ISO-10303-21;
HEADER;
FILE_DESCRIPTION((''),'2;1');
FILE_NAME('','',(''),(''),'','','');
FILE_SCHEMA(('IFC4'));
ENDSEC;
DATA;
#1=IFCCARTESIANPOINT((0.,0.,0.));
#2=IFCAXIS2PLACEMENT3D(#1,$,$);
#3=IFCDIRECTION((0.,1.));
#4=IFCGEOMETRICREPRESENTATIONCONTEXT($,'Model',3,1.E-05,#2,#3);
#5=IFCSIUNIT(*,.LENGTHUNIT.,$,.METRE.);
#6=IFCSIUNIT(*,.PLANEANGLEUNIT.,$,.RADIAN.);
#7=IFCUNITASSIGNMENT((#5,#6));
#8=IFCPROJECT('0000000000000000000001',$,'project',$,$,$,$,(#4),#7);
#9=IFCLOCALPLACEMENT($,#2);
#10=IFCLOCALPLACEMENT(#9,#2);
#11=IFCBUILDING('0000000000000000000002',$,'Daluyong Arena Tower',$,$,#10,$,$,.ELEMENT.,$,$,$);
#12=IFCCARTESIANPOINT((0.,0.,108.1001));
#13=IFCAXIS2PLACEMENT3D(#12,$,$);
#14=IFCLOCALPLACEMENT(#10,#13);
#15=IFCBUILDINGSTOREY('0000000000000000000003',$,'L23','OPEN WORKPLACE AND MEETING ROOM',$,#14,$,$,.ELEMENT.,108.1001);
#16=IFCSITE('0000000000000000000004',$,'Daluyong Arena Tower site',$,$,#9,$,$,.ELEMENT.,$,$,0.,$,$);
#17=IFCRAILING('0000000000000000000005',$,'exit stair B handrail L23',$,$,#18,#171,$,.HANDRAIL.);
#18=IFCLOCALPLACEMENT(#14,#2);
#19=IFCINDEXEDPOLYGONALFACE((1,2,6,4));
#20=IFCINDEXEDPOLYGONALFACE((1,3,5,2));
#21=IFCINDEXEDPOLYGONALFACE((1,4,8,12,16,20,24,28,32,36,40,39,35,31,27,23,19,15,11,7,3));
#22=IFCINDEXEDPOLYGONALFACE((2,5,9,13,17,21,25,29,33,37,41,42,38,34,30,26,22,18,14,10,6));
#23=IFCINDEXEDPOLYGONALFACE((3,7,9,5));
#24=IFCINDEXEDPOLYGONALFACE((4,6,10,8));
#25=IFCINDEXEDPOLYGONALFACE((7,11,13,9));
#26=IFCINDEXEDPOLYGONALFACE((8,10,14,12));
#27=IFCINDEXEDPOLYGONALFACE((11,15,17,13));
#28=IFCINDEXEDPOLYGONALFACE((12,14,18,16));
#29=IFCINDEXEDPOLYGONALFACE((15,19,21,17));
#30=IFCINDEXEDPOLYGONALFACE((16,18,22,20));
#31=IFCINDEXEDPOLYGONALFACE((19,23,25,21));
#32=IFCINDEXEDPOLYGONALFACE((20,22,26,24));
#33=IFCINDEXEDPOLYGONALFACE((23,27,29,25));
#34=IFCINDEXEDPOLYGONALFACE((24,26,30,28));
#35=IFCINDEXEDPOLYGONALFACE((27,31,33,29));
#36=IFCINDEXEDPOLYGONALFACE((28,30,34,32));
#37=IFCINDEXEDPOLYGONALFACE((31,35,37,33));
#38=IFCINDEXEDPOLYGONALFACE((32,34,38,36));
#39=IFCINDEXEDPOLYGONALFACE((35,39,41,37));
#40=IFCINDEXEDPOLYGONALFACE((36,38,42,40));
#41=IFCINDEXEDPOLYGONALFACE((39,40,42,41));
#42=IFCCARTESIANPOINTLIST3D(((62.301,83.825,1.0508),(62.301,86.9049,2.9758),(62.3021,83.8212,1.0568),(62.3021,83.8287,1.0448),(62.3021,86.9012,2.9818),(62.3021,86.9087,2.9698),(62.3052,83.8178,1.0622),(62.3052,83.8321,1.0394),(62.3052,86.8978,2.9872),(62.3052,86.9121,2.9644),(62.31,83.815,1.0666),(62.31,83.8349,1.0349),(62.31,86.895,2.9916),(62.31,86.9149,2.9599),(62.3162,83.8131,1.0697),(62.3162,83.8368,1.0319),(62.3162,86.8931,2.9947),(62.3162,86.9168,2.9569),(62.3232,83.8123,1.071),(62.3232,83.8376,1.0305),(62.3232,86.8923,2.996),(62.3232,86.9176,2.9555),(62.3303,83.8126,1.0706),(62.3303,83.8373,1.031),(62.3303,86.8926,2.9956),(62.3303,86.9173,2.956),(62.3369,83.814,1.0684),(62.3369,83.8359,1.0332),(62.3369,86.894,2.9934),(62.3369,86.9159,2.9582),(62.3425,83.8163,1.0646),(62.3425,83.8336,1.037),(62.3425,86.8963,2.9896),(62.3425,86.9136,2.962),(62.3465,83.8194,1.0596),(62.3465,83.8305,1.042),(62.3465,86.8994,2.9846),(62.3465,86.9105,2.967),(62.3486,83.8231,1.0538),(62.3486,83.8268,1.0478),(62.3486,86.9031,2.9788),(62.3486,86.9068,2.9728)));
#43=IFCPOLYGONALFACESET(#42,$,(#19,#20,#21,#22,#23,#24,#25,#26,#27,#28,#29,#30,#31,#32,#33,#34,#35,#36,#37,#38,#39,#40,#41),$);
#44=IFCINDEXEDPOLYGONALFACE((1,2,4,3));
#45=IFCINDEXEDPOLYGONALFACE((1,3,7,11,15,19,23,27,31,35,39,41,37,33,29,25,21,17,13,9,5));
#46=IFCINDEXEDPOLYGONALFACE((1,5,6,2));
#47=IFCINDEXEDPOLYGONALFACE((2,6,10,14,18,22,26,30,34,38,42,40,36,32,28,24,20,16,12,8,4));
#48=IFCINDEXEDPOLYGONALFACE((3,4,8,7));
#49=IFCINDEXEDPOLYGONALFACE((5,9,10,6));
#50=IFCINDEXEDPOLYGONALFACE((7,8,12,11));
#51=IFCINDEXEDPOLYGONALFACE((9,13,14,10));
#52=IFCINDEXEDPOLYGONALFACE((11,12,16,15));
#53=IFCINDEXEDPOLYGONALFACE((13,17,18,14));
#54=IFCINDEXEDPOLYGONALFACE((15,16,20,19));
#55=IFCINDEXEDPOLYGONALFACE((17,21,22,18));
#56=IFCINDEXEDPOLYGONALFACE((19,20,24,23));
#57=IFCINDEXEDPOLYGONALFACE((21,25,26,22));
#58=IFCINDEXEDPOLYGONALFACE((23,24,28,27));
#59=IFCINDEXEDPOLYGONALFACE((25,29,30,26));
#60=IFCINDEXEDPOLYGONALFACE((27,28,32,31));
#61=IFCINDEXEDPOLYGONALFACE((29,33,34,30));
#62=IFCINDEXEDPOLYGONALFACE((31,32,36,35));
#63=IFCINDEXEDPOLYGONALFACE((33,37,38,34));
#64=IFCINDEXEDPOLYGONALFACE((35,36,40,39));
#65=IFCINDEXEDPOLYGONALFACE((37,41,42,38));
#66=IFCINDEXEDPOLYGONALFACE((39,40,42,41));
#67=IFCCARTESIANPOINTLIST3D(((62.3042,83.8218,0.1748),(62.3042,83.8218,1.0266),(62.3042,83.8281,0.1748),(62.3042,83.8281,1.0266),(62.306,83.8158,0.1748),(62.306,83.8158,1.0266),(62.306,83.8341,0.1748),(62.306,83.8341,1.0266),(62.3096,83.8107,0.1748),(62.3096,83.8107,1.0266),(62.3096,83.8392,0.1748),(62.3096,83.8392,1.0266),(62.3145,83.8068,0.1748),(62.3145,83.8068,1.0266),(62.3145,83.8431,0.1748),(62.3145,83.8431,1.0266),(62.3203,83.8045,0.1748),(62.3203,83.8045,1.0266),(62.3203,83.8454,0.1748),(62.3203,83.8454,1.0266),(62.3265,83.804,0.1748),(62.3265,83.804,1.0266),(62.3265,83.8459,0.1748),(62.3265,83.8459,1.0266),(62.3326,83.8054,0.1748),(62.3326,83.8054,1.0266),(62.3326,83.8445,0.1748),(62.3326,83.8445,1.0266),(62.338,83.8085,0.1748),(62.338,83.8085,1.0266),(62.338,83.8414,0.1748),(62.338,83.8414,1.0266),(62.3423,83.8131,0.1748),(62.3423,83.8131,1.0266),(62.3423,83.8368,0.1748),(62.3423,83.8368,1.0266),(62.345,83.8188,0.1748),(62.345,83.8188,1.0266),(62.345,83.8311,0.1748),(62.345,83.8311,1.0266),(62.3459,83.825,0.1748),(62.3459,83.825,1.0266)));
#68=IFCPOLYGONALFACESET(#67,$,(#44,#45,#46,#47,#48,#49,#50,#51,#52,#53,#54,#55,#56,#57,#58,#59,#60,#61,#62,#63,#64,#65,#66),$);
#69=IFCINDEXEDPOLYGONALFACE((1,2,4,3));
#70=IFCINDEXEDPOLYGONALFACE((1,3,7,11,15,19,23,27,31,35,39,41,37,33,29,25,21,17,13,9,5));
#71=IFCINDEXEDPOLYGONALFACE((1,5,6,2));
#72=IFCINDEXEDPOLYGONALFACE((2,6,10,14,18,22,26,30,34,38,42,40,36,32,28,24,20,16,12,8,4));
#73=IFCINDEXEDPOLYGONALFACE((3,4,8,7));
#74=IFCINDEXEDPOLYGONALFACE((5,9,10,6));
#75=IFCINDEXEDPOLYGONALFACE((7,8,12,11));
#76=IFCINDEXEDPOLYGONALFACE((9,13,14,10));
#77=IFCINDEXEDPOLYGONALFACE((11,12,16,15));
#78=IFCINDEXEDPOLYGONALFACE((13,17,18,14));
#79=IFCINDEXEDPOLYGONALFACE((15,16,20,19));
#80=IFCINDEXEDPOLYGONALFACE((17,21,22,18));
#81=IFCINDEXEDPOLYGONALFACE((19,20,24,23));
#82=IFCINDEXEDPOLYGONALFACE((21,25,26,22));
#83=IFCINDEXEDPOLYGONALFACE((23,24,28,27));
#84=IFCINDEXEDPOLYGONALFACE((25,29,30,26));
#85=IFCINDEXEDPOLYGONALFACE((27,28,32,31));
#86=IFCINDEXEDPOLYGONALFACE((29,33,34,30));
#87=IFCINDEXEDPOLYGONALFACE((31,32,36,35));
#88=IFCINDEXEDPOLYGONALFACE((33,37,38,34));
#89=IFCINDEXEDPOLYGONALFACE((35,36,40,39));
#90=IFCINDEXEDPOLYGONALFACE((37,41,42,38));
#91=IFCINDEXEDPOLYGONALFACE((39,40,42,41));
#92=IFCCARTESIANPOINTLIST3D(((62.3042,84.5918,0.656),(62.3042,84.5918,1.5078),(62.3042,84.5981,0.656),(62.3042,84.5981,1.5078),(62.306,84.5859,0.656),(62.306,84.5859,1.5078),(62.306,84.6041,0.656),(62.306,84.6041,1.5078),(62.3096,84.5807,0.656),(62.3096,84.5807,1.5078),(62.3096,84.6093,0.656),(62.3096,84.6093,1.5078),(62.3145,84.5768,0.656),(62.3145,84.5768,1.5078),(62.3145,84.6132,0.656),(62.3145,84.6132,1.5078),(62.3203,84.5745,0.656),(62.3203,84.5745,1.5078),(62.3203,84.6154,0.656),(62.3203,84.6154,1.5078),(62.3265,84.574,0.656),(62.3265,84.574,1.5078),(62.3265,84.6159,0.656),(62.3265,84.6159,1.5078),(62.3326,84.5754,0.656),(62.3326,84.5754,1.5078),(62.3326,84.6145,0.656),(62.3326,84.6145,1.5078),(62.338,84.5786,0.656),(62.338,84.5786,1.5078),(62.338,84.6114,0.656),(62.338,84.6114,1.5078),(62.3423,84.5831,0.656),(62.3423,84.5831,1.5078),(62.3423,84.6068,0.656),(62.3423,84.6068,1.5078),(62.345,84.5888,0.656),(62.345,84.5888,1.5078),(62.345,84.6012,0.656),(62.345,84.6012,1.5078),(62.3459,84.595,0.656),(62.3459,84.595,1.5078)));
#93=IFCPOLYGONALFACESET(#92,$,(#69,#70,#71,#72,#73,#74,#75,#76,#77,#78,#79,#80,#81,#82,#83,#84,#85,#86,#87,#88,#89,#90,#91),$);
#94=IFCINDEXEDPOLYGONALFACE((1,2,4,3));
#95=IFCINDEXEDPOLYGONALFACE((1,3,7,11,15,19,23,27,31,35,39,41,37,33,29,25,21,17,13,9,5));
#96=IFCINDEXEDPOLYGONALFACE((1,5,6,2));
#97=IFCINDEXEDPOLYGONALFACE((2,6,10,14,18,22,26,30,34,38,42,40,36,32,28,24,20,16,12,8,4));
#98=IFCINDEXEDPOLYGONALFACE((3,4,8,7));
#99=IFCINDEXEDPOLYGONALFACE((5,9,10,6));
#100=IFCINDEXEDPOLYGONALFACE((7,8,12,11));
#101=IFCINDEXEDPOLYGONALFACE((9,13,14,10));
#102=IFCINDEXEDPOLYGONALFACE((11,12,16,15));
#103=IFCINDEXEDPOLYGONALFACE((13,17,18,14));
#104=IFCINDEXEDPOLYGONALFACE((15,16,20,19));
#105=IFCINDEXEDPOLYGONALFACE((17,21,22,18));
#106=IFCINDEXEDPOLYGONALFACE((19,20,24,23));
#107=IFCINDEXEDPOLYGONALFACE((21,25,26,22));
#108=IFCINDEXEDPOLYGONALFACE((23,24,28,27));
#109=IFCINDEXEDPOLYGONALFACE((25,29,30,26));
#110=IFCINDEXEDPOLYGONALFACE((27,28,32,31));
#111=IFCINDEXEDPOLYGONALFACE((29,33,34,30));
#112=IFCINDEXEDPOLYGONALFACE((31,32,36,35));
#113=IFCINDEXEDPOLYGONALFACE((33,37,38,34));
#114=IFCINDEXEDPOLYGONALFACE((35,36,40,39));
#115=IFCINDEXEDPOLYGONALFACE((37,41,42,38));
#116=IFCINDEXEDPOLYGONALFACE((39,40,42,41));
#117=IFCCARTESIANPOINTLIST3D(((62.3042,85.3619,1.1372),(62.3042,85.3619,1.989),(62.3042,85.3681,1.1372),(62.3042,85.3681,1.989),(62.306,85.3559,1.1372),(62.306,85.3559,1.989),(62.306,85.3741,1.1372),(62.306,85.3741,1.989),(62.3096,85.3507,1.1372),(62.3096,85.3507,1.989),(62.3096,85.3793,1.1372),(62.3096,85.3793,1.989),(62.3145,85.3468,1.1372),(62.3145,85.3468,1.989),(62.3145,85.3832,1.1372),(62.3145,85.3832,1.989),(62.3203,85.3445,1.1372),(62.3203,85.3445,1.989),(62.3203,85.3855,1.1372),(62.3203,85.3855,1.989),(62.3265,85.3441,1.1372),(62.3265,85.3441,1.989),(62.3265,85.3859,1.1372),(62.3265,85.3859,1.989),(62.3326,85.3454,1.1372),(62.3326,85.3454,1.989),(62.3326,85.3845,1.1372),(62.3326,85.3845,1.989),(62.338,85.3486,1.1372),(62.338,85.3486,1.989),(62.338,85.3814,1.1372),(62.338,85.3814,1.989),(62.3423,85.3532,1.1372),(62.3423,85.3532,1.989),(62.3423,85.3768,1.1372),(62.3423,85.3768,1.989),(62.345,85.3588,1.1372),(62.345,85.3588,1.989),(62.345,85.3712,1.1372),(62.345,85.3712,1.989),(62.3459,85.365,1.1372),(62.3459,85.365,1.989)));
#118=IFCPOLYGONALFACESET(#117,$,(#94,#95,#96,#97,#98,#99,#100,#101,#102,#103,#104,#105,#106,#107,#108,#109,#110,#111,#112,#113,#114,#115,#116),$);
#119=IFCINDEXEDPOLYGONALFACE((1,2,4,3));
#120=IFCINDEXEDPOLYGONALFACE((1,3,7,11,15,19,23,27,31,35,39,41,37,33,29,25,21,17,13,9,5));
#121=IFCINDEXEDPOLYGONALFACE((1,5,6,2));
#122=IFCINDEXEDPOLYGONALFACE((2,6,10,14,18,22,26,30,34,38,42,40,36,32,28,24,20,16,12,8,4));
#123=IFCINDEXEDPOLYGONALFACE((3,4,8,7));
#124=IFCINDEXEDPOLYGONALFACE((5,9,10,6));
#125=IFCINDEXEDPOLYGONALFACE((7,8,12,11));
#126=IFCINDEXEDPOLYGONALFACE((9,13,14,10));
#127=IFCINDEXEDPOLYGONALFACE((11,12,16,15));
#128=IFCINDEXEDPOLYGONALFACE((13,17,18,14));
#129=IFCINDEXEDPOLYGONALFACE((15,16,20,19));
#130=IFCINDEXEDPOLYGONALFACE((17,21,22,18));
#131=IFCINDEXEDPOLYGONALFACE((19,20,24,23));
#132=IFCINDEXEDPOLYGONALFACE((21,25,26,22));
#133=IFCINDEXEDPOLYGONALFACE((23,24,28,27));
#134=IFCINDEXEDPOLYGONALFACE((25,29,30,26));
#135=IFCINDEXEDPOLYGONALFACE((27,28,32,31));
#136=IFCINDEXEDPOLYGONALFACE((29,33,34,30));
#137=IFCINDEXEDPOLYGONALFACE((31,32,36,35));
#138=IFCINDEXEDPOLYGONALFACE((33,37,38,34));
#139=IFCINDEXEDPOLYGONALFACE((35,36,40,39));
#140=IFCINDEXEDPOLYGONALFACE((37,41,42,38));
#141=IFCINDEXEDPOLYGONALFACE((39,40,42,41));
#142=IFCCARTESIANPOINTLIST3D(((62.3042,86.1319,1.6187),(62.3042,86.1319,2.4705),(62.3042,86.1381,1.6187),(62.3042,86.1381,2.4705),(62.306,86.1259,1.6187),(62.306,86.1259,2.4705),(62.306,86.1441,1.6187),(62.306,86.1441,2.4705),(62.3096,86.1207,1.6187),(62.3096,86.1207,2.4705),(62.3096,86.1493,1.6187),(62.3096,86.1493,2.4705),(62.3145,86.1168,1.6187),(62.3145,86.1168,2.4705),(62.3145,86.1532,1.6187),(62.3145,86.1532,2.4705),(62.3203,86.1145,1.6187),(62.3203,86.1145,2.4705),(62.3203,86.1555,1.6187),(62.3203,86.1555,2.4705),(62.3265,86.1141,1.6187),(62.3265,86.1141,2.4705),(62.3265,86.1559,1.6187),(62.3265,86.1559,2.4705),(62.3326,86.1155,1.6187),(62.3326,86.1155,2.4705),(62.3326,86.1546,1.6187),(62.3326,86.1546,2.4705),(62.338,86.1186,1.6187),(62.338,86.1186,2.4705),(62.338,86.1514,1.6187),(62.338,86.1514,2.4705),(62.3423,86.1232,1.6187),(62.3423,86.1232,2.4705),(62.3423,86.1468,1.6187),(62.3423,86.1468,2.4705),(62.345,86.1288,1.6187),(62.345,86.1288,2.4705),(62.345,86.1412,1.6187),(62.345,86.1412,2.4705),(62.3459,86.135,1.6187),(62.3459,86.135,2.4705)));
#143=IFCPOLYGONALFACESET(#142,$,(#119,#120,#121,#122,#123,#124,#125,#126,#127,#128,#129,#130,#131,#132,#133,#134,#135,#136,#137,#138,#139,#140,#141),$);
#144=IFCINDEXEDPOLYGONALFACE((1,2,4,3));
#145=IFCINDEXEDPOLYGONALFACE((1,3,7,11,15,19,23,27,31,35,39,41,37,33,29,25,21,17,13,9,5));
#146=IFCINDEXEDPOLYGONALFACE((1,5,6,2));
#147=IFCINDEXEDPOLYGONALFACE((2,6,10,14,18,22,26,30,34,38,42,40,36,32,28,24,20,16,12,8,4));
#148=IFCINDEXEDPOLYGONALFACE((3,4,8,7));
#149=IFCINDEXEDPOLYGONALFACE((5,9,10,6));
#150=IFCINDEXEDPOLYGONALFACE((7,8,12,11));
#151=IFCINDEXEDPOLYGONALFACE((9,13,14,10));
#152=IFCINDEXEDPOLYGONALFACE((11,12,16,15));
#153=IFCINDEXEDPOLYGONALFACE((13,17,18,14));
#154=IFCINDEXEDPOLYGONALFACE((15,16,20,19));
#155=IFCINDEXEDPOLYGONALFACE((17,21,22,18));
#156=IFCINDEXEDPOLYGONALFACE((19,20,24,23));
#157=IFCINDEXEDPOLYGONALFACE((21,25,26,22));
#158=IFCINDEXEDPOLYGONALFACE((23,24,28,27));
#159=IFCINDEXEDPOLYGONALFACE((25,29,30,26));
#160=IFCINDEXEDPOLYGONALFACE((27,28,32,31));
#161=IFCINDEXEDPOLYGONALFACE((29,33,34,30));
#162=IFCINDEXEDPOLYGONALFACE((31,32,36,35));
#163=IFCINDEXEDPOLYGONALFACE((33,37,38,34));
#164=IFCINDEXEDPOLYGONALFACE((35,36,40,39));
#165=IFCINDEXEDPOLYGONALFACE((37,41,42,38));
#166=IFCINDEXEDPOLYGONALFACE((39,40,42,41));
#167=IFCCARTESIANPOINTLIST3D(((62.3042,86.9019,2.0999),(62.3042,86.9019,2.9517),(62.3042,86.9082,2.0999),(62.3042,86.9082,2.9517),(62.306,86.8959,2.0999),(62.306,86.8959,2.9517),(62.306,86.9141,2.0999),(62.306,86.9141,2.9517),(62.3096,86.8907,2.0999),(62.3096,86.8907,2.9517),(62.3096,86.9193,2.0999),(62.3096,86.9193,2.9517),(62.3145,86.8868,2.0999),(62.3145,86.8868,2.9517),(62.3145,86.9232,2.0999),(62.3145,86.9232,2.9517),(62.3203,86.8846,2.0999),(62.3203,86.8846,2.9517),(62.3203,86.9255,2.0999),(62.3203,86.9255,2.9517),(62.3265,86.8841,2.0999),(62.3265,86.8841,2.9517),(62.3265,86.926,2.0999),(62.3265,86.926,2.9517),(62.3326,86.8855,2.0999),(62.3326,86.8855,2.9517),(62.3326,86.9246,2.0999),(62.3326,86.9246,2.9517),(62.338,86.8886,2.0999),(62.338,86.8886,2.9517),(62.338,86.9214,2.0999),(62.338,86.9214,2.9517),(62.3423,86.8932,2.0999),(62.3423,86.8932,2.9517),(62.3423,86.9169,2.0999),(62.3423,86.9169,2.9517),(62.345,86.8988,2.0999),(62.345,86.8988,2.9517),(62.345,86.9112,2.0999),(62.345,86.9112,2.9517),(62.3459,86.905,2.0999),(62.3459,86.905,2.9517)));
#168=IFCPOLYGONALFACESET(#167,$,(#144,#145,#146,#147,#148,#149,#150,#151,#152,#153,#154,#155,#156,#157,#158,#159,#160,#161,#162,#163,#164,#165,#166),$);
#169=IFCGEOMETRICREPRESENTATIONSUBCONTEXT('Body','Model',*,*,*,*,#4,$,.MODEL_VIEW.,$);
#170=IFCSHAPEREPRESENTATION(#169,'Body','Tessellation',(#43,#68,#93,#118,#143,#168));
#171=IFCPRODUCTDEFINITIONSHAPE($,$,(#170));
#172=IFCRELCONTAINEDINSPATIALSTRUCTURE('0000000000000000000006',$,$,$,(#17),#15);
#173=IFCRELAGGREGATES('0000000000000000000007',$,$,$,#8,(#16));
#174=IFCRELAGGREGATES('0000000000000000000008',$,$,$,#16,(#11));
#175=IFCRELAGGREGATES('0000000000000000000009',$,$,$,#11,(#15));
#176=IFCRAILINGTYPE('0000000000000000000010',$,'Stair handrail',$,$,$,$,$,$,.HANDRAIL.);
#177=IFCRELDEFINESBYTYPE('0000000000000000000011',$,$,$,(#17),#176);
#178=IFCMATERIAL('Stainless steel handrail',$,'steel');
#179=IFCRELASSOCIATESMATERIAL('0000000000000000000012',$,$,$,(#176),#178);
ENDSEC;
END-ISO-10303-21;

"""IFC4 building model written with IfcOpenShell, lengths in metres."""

from ifc_helpers import new_model, si_unit, direction, frame, origin, origin_2d, place, context, subcontext, project, spatial, circle, extrude, material, type_object, element, save


model = new_model("IFC4")

# Units and contexts
model_context = context("Model", 3, precision=1e-05, world=origin(), true_north=direction((0.0, 1.0)))
body_context = subcontext(model_context, "Body", "Model", "MODEL_VIEW")
ifc_project = project(units=[si_unit("LENGTHUNIT", "METRE"), si_unit("PLANEANGLEUNIT", "RADIAN")], contexts=[model_context])

# Site, building, storey
site_placement = place(None, origin())
site = spatial("IfcSite", under=ifc_project, at=site_placement, Name="Daluyong Arena Tower site", CompositionType="ELEMENT", RefElevation=0.0)
building_placement = place(site_placement, origin())
building = spatial("IfcBuilding", under=site, at=building_placement, Name="Daluyong Arena Tower", CompositionType="ELEMENT")
storey_placement = place(building_placement, frame((0.0, 0.0, 108.1001)))
storey = spatial("IfcBuildingStorey", under=building, at=storey_placement, Name="L23", Description="OPEN WORKPLACE AND MEETING ROOM", CompositionType="ELEMENT", Elevation=108.1001)

# Railing
ifc_material_1 = material(Name="Stainless steel handrail", Category="steel")
railing_type_1 = type_object("IfcRailingType", Name="Stair handrail", PredefinedType="HANDRAIL", material=ifc_material_1)
railing_1_placement = place(storey_placement, frame((62.325, 83.825, 0.1748)))
element("IfcRailing", 1, at=railing_1_placement, inside=storey, type_object=railing_type_1, Name="exit stair B handrail L23", PredefinedType="HANDRAIL", context=body_context, shape_type="SweptSolid", body=[
    extrude(circle(Radius=0.0239, at=origin_2d()), frame((0.0, 0.0, 0.876), z_axis=(0.0, 0.847998, 0.529999), x_axis=(-1.0, 0.0, 0.0)), (0.0, 0.0, 1.0), 3.6321),
    extrude(circle(Radius=0.021, at=origin_2d()), origin(), (0.0, 0.0, 1.0), 0.8518),
    extrude(circle(Radius=0.021, at=origin_2d()), frame((0.0, 0.77, 0.4812)), (0.0, 0.0, 1.0), 0.8518),
    extrude(circle(Radius=0.021, at=origin_2d()), frame((0.0, 1.54, 0.9624)), (0.0, 0.0, 1.0), 0.8518),
    extrude(circle(Radius=0.021, at=origin_2d()), frame((0.0, 2.3101, 1.4438)), (0.0, 0.0, 1.0), 0.8518),
    extrude(circle(Radius=0.021, at=origin_2d()), frame((0.0, 3.0801, 1.925)), (0.0, 0.0, 1.0), 0.8518),
])

save(model, "model.ifc")
